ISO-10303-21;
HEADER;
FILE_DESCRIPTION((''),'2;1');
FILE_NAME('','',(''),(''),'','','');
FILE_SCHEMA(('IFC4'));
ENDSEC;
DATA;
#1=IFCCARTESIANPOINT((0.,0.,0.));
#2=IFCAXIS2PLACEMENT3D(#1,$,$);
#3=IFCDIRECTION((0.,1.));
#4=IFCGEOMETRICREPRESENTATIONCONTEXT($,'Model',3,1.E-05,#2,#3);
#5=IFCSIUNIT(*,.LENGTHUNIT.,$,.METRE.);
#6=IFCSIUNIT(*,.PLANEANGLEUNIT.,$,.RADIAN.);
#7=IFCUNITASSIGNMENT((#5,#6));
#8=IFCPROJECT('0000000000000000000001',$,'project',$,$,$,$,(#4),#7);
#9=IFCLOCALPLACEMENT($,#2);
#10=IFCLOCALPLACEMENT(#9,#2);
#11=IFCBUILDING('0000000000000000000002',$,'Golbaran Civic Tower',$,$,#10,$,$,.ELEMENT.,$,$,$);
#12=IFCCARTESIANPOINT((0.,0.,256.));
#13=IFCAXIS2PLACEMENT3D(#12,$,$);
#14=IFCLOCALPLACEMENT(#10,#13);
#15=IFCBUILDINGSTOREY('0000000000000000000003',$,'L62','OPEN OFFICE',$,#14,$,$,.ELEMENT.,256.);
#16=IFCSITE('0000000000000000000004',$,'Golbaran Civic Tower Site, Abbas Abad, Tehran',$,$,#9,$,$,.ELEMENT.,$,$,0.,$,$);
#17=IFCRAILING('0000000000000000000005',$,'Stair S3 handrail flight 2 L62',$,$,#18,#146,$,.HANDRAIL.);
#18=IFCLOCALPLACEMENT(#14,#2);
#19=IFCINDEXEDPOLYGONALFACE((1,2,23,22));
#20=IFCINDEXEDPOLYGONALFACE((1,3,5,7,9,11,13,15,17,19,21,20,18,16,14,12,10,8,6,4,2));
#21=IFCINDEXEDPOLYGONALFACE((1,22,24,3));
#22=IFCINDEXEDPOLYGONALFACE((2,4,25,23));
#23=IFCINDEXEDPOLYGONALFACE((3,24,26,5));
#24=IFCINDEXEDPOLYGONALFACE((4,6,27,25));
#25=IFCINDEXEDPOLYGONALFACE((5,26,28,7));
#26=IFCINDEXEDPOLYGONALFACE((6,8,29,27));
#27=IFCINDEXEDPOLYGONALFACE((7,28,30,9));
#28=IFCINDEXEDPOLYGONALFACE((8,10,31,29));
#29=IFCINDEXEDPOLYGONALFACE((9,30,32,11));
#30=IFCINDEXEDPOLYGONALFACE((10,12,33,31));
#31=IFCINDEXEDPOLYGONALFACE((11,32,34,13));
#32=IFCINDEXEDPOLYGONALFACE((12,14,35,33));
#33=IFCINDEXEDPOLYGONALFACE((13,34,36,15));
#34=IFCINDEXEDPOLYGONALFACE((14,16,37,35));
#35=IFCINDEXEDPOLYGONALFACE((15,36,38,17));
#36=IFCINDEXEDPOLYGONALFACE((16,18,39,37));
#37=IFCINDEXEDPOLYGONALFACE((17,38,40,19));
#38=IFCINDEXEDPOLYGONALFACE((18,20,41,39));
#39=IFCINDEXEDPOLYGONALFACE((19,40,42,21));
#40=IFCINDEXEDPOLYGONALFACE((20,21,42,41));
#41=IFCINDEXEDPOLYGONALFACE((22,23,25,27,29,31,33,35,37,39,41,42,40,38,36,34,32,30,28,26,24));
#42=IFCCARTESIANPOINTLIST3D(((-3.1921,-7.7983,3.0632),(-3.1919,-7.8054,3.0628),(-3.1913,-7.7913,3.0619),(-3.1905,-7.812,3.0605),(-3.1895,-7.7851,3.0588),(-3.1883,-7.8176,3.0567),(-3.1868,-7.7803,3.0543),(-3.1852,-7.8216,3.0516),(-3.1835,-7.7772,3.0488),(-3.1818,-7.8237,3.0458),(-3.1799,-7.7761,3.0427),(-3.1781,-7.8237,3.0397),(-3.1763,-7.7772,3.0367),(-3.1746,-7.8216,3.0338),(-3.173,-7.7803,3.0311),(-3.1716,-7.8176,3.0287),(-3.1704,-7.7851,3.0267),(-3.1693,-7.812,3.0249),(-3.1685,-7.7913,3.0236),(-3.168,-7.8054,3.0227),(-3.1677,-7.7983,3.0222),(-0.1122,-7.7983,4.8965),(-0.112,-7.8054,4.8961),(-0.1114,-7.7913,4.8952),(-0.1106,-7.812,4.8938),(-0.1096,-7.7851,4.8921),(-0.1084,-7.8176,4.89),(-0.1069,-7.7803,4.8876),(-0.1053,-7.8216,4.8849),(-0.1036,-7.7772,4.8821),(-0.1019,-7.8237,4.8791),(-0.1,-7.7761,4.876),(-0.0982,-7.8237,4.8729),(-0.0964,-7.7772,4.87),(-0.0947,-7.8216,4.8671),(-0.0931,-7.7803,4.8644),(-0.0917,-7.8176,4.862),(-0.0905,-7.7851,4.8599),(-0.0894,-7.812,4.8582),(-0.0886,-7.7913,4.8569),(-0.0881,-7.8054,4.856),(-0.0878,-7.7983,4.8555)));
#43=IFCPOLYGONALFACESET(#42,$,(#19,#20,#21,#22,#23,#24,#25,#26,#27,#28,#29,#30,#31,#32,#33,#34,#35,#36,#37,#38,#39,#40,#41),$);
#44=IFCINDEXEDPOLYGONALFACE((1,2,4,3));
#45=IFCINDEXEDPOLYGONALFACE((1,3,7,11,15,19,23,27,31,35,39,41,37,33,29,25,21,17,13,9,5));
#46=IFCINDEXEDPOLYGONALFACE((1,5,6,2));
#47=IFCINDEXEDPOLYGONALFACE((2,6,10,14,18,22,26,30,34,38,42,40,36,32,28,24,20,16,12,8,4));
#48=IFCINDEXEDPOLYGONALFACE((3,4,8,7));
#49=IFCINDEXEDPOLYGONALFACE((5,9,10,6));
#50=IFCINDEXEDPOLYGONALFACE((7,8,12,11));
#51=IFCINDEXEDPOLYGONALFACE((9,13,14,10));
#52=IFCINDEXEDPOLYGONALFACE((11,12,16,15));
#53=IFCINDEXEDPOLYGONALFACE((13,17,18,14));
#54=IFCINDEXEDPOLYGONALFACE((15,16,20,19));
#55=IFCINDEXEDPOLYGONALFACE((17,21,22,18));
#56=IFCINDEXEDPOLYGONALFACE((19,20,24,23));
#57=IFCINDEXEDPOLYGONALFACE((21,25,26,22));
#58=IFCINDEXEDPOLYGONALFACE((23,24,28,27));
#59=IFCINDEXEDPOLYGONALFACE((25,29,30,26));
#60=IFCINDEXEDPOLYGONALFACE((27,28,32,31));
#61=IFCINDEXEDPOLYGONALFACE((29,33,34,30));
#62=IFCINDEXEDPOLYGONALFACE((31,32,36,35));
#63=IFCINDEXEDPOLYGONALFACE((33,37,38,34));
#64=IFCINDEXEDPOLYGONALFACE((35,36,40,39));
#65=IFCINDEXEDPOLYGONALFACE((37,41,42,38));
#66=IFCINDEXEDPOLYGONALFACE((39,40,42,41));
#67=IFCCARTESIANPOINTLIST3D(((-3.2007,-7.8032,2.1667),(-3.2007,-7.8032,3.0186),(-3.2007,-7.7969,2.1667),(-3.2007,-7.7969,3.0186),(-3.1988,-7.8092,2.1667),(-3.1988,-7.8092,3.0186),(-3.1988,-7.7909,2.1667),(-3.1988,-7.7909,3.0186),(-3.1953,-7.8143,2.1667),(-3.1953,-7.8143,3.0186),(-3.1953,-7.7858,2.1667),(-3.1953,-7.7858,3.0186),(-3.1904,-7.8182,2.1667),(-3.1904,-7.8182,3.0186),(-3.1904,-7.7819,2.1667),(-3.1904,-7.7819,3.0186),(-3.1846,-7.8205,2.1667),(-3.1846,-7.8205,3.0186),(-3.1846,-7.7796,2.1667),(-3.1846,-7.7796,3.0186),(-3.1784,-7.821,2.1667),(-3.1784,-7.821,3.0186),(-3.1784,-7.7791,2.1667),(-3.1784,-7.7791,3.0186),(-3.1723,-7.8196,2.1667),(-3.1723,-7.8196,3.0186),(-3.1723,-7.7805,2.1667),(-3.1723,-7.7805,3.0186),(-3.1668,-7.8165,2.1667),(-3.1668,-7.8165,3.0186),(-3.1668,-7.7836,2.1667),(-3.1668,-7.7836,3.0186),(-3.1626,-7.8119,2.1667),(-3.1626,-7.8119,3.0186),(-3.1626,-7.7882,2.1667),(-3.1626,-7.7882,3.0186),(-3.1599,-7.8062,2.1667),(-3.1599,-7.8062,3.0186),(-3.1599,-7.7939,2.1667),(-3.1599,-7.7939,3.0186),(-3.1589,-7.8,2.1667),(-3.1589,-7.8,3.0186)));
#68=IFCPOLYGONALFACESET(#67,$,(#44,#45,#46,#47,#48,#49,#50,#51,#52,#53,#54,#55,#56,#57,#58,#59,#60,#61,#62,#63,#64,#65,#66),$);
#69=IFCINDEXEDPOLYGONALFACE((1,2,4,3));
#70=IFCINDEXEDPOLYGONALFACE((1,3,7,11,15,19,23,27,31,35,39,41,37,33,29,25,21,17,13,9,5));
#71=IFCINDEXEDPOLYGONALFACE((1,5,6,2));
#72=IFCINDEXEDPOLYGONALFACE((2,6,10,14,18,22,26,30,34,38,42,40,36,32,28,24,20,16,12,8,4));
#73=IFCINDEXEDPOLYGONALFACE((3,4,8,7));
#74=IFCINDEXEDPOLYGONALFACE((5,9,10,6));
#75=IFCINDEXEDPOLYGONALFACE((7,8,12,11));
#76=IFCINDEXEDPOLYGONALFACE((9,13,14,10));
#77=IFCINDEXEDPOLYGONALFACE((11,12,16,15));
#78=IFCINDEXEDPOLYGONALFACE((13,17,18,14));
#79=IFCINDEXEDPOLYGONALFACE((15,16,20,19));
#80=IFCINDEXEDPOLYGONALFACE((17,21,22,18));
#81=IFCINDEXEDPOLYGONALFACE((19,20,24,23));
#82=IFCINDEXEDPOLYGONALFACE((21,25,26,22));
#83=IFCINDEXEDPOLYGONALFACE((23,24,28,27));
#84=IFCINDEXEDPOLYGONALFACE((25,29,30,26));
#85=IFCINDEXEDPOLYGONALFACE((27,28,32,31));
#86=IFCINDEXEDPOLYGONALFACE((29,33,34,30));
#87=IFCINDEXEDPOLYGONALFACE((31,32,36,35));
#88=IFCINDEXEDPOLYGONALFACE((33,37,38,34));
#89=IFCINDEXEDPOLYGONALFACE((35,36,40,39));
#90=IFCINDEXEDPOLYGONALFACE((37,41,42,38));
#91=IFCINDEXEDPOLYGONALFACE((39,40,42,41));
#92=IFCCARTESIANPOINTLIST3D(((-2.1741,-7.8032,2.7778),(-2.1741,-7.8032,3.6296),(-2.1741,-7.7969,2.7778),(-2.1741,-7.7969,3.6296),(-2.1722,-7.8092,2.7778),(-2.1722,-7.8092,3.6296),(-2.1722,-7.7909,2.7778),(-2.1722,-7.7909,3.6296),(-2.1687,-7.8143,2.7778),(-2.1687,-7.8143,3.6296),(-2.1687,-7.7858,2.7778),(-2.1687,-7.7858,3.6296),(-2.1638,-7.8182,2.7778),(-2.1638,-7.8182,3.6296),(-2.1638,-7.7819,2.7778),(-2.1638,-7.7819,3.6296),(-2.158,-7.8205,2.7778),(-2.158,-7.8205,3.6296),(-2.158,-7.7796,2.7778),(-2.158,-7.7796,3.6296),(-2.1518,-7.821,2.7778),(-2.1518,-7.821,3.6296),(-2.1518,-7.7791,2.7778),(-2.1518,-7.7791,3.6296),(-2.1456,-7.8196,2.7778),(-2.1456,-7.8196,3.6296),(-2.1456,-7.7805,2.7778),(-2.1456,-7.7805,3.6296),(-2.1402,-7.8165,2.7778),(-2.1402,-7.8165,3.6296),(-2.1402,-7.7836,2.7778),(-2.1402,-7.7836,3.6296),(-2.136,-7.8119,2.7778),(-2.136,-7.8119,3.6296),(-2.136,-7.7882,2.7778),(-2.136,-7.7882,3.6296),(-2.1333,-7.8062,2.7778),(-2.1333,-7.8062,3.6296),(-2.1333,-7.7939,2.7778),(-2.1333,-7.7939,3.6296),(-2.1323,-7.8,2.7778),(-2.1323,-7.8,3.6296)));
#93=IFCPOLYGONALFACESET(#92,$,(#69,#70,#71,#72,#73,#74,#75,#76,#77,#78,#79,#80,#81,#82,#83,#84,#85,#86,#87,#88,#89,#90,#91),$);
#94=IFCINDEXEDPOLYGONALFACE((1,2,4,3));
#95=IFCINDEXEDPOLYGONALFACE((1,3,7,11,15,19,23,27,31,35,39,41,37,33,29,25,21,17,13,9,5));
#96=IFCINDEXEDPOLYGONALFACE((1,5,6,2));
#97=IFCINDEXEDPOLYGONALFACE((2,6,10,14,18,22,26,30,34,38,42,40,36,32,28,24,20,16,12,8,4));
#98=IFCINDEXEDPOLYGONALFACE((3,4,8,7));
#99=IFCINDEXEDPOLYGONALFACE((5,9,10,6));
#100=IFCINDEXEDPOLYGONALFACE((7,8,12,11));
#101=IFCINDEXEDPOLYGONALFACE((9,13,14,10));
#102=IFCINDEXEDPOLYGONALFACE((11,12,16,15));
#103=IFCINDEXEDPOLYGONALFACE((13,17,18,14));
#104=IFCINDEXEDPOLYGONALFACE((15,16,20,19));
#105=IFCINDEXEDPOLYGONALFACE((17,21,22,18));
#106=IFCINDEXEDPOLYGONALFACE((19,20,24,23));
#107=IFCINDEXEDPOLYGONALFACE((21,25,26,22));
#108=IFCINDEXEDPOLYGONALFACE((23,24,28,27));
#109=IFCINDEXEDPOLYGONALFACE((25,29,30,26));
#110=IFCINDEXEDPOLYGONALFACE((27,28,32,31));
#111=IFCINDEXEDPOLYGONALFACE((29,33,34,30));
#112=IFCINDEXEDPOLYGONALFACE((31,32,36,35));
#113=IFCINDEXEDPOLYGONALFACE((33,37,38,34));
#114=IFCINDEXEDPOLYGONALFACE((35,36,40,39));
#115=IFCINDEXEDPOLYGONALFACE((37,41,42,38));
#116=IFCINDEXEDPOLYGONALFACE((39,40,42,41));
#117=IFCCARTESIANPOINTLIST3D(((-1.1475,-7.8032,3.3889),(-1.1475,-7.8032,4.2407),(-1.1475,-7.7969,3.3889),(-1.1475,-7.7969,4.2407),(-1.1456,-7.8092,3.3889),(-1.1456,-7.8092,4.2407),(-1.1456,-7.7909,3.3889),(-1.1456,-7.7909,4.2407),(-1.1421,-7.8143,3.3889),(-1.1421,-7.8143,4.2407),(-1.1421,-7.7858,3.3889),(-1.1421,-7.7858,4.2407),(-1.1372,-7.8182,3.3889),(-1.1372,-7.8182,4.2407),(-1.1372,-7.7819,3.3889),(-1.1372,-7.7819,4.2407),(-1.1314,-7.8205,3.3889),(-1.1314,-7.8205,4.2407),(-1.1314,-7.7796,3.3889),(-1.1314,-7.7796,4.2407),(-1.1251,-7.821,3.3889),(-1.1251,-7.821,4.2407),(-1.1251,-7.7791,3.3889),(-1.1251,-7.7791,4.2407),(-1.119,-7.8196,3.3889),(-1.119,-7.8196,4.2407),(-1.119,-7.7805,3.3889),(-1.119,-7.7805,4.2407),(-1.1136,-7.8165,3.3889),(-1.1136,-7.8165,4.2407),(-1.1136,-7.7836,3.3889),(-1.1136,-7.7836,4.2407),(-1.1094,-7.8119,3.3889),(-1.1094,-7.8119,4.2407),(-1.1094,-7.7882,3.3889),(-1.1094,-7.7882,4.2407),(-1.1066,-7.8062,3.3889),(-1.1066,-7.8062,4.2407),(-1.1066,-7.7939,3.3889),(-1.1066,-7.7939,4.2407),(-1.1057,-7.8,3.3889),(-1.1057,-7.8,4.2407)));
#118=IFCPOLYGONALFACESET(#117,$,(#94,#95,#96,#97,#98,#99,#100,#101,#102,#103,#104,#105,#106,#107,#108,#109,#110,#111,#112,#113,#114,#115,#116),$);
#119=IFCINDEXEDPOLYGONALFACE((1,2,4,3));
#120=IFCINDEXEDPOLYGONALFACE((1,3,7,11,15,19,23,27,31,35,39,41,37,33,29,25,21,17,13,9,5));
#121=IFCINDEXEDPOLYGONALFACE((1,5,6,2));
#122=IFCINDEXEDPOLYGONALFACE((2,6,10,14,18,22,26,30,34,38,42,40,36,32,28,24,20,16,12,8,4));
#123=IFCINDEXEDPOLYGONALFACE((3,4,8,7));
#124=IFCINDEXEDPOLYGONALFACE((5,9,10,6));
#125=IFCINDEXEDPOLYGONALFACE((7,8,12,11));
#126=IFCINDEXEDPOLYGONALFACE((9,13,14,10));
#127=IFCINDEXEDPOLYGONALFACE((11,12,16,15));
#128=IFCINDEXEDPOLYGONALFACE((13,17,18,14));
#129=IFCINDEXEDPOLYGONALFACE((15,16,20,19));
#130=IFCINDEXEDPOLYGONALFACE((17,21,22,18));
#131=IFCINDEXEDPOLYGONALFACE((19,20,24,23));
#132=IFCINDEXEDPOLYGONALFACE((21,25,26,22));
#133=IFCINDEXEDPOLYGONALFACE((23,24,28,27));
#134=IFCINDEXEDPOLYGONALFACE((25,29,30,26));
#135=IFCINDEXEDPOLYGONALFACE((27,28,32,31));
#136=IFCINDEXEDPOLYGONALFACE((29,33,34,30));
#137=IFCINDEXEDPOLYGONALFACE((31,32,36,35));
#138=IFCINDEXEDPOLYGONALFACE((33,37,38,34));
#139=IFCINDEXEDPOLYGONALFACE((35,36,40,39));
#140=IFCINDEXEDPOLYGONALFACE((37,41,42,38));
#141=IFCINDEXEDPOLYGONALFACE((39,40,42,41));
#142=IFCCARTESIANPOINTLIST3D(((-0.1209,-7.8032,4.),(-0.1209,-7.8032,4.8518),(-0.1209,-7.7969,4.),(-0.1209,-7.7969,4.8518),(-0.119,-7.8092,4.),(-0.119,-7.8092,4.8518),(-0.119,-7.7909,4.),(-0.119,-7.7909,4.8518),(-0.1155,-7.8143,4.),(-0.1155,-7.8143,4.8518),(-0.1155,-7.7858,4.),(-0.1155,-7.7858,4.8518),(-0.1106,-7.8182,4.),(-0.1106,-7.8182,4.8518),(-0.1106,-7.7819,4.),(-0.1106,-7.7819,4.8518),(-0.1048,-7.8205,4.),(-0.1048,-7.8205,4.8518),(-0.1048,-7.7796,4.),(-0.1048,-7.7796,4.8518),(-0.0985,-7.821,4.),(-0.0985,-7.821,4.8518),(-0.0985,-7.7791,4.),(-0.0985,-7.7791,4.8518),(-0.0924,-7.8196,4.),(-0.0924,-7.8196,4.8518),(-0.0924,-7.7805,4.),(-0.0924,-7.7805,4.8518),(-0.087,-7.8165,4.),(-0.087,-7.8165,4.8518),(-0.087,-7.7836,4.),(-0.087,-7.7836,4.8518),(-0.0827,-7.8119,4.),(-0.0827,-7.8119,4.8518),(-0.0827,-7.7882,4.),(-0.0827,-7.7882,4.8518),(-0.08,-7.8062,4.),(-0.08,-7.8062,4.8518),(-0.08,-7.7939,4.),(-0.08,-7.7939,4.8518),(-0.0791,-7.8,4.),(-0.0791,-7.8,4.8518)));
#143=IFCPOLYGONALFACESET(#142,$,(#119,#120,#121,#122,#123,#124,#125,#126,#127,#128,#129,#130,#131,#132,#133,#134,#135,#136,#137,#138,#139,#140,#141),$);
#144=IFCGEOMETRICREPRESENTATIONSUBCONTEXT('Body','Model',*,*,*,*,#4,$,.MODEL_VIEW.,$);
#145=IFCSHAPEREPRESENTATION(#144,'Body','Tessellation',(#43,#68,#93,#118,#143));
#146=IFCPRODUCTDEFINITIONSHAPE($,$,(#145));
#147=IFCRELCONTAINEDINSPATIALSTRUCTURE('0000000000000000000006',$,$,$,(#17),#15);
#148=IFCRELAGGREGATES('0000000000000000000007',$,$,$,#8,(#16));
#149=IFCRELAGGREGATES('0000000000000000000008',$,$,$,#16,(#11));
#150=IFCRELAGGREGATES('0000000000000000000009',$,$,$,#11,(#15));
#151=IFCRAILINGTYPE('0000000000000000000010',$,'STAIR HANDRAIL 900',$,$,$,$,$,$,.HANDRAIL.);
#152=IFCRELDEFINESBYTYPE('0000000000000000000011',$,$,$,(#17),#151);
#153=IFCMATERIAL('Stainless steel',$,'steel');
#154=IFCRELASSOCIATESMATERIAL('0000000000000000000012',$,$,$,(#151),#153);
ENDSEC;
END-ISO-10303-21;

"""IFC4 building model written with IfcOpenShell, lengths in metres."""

from ifc_helpers import new_model, si_unit, direction, frame, origin, origin_2d, place, context, subcontext, project, spatial, circle, extrude, material, type_object, element, save


model = new_model("IFC4")

# Units and contexts
model_context = context("Model", 3, precision=1e-05, world=origin(), true_north=direction((0.0, 1.0)))
body_context = subcontext(model_context, "Body", "Model", "MODEL_VIEW")
ifc_project = project(units=[si_unit("LENGTHUNIT", "METRE"), si_unit("PLANEANGLEUNIT", "RADIAN")], contexts=[model_context])

# Site, building, storey
site_placement = place(None, origin())
site = spatial("IfcSite", under=ifc_project, at=site_placement, Name="Golbaran Civic Tower Site, Abbas Abad, Tehran", CompositionType="ELEMENT", RefElevation=0.0)
building_placement = place(site_placement, origin())
building = spatial("IfcBuilding", under=site, at=building_placement, Name="Golbaran Civic Tower", CompositionType="ELEMENT")
storey_placement = place(building_placement, frame((0.0, 0.0, 256.0)))
storey = spatial("IfcBuildingStorey", under=building, at=storey_placement, Name="L62", Description="OPEN OFFICE", CompositionType="ELEMENT", Elevation=256.0)

# Shared definitions
ifc_material_1 = material(Name="Stainless steel", Category="steel")

# Railing
railing_type = type_object("IfcRailingType", Name="STAIR HANDRAIL 900", PredefinedType="HANDRAIL", material=ifc_material_1)
railing_1_placement = place(storey_placement, frame((-3.1799, -7.8, 2.1667)))
element("IfcRailing", 1, at=railing_1_placement, inside=storey, type_object=railing_type, Name="Stair S3 handrail flight 2 L62", PredefinedType="HANDRAIL", context=body_context, shape_type="SweptSolid", body=[
    extrude(circle(Radius=0.0239, at=origin_2d()), frame((0.0, 0.0, 0.876), z_axis=(0.859291, 0.0, 0.511487), x_axis=(0.0, 1.0, 0.0)), (0.0, 0.0, 1.0), 3.5842),
    extrude(circle(Radius=0.021, at=origin_2d()), origin(), (0.0, 0.0, 1.0), 0.8518),
    extrude(circle(Radius=0.021, at=origin_2d()), frame((1.0266, 0.0, 0.6111)), (0.0, 0.0, 1.0), 0.8518),
    extrude(circle(Radius=0.021, at=origin_2d()), frame((2.0532, 0.0, 1.2222)), (0.0, 0.0, 1.0), 0.8518),
    extrude(circle(Radius=0.021, at=origin_2d()), frame((3.0798, 0.0, 1.8333)), (0.0, 0.0, 1.0), 0.8518),
])

save(model, "model.ifc")
